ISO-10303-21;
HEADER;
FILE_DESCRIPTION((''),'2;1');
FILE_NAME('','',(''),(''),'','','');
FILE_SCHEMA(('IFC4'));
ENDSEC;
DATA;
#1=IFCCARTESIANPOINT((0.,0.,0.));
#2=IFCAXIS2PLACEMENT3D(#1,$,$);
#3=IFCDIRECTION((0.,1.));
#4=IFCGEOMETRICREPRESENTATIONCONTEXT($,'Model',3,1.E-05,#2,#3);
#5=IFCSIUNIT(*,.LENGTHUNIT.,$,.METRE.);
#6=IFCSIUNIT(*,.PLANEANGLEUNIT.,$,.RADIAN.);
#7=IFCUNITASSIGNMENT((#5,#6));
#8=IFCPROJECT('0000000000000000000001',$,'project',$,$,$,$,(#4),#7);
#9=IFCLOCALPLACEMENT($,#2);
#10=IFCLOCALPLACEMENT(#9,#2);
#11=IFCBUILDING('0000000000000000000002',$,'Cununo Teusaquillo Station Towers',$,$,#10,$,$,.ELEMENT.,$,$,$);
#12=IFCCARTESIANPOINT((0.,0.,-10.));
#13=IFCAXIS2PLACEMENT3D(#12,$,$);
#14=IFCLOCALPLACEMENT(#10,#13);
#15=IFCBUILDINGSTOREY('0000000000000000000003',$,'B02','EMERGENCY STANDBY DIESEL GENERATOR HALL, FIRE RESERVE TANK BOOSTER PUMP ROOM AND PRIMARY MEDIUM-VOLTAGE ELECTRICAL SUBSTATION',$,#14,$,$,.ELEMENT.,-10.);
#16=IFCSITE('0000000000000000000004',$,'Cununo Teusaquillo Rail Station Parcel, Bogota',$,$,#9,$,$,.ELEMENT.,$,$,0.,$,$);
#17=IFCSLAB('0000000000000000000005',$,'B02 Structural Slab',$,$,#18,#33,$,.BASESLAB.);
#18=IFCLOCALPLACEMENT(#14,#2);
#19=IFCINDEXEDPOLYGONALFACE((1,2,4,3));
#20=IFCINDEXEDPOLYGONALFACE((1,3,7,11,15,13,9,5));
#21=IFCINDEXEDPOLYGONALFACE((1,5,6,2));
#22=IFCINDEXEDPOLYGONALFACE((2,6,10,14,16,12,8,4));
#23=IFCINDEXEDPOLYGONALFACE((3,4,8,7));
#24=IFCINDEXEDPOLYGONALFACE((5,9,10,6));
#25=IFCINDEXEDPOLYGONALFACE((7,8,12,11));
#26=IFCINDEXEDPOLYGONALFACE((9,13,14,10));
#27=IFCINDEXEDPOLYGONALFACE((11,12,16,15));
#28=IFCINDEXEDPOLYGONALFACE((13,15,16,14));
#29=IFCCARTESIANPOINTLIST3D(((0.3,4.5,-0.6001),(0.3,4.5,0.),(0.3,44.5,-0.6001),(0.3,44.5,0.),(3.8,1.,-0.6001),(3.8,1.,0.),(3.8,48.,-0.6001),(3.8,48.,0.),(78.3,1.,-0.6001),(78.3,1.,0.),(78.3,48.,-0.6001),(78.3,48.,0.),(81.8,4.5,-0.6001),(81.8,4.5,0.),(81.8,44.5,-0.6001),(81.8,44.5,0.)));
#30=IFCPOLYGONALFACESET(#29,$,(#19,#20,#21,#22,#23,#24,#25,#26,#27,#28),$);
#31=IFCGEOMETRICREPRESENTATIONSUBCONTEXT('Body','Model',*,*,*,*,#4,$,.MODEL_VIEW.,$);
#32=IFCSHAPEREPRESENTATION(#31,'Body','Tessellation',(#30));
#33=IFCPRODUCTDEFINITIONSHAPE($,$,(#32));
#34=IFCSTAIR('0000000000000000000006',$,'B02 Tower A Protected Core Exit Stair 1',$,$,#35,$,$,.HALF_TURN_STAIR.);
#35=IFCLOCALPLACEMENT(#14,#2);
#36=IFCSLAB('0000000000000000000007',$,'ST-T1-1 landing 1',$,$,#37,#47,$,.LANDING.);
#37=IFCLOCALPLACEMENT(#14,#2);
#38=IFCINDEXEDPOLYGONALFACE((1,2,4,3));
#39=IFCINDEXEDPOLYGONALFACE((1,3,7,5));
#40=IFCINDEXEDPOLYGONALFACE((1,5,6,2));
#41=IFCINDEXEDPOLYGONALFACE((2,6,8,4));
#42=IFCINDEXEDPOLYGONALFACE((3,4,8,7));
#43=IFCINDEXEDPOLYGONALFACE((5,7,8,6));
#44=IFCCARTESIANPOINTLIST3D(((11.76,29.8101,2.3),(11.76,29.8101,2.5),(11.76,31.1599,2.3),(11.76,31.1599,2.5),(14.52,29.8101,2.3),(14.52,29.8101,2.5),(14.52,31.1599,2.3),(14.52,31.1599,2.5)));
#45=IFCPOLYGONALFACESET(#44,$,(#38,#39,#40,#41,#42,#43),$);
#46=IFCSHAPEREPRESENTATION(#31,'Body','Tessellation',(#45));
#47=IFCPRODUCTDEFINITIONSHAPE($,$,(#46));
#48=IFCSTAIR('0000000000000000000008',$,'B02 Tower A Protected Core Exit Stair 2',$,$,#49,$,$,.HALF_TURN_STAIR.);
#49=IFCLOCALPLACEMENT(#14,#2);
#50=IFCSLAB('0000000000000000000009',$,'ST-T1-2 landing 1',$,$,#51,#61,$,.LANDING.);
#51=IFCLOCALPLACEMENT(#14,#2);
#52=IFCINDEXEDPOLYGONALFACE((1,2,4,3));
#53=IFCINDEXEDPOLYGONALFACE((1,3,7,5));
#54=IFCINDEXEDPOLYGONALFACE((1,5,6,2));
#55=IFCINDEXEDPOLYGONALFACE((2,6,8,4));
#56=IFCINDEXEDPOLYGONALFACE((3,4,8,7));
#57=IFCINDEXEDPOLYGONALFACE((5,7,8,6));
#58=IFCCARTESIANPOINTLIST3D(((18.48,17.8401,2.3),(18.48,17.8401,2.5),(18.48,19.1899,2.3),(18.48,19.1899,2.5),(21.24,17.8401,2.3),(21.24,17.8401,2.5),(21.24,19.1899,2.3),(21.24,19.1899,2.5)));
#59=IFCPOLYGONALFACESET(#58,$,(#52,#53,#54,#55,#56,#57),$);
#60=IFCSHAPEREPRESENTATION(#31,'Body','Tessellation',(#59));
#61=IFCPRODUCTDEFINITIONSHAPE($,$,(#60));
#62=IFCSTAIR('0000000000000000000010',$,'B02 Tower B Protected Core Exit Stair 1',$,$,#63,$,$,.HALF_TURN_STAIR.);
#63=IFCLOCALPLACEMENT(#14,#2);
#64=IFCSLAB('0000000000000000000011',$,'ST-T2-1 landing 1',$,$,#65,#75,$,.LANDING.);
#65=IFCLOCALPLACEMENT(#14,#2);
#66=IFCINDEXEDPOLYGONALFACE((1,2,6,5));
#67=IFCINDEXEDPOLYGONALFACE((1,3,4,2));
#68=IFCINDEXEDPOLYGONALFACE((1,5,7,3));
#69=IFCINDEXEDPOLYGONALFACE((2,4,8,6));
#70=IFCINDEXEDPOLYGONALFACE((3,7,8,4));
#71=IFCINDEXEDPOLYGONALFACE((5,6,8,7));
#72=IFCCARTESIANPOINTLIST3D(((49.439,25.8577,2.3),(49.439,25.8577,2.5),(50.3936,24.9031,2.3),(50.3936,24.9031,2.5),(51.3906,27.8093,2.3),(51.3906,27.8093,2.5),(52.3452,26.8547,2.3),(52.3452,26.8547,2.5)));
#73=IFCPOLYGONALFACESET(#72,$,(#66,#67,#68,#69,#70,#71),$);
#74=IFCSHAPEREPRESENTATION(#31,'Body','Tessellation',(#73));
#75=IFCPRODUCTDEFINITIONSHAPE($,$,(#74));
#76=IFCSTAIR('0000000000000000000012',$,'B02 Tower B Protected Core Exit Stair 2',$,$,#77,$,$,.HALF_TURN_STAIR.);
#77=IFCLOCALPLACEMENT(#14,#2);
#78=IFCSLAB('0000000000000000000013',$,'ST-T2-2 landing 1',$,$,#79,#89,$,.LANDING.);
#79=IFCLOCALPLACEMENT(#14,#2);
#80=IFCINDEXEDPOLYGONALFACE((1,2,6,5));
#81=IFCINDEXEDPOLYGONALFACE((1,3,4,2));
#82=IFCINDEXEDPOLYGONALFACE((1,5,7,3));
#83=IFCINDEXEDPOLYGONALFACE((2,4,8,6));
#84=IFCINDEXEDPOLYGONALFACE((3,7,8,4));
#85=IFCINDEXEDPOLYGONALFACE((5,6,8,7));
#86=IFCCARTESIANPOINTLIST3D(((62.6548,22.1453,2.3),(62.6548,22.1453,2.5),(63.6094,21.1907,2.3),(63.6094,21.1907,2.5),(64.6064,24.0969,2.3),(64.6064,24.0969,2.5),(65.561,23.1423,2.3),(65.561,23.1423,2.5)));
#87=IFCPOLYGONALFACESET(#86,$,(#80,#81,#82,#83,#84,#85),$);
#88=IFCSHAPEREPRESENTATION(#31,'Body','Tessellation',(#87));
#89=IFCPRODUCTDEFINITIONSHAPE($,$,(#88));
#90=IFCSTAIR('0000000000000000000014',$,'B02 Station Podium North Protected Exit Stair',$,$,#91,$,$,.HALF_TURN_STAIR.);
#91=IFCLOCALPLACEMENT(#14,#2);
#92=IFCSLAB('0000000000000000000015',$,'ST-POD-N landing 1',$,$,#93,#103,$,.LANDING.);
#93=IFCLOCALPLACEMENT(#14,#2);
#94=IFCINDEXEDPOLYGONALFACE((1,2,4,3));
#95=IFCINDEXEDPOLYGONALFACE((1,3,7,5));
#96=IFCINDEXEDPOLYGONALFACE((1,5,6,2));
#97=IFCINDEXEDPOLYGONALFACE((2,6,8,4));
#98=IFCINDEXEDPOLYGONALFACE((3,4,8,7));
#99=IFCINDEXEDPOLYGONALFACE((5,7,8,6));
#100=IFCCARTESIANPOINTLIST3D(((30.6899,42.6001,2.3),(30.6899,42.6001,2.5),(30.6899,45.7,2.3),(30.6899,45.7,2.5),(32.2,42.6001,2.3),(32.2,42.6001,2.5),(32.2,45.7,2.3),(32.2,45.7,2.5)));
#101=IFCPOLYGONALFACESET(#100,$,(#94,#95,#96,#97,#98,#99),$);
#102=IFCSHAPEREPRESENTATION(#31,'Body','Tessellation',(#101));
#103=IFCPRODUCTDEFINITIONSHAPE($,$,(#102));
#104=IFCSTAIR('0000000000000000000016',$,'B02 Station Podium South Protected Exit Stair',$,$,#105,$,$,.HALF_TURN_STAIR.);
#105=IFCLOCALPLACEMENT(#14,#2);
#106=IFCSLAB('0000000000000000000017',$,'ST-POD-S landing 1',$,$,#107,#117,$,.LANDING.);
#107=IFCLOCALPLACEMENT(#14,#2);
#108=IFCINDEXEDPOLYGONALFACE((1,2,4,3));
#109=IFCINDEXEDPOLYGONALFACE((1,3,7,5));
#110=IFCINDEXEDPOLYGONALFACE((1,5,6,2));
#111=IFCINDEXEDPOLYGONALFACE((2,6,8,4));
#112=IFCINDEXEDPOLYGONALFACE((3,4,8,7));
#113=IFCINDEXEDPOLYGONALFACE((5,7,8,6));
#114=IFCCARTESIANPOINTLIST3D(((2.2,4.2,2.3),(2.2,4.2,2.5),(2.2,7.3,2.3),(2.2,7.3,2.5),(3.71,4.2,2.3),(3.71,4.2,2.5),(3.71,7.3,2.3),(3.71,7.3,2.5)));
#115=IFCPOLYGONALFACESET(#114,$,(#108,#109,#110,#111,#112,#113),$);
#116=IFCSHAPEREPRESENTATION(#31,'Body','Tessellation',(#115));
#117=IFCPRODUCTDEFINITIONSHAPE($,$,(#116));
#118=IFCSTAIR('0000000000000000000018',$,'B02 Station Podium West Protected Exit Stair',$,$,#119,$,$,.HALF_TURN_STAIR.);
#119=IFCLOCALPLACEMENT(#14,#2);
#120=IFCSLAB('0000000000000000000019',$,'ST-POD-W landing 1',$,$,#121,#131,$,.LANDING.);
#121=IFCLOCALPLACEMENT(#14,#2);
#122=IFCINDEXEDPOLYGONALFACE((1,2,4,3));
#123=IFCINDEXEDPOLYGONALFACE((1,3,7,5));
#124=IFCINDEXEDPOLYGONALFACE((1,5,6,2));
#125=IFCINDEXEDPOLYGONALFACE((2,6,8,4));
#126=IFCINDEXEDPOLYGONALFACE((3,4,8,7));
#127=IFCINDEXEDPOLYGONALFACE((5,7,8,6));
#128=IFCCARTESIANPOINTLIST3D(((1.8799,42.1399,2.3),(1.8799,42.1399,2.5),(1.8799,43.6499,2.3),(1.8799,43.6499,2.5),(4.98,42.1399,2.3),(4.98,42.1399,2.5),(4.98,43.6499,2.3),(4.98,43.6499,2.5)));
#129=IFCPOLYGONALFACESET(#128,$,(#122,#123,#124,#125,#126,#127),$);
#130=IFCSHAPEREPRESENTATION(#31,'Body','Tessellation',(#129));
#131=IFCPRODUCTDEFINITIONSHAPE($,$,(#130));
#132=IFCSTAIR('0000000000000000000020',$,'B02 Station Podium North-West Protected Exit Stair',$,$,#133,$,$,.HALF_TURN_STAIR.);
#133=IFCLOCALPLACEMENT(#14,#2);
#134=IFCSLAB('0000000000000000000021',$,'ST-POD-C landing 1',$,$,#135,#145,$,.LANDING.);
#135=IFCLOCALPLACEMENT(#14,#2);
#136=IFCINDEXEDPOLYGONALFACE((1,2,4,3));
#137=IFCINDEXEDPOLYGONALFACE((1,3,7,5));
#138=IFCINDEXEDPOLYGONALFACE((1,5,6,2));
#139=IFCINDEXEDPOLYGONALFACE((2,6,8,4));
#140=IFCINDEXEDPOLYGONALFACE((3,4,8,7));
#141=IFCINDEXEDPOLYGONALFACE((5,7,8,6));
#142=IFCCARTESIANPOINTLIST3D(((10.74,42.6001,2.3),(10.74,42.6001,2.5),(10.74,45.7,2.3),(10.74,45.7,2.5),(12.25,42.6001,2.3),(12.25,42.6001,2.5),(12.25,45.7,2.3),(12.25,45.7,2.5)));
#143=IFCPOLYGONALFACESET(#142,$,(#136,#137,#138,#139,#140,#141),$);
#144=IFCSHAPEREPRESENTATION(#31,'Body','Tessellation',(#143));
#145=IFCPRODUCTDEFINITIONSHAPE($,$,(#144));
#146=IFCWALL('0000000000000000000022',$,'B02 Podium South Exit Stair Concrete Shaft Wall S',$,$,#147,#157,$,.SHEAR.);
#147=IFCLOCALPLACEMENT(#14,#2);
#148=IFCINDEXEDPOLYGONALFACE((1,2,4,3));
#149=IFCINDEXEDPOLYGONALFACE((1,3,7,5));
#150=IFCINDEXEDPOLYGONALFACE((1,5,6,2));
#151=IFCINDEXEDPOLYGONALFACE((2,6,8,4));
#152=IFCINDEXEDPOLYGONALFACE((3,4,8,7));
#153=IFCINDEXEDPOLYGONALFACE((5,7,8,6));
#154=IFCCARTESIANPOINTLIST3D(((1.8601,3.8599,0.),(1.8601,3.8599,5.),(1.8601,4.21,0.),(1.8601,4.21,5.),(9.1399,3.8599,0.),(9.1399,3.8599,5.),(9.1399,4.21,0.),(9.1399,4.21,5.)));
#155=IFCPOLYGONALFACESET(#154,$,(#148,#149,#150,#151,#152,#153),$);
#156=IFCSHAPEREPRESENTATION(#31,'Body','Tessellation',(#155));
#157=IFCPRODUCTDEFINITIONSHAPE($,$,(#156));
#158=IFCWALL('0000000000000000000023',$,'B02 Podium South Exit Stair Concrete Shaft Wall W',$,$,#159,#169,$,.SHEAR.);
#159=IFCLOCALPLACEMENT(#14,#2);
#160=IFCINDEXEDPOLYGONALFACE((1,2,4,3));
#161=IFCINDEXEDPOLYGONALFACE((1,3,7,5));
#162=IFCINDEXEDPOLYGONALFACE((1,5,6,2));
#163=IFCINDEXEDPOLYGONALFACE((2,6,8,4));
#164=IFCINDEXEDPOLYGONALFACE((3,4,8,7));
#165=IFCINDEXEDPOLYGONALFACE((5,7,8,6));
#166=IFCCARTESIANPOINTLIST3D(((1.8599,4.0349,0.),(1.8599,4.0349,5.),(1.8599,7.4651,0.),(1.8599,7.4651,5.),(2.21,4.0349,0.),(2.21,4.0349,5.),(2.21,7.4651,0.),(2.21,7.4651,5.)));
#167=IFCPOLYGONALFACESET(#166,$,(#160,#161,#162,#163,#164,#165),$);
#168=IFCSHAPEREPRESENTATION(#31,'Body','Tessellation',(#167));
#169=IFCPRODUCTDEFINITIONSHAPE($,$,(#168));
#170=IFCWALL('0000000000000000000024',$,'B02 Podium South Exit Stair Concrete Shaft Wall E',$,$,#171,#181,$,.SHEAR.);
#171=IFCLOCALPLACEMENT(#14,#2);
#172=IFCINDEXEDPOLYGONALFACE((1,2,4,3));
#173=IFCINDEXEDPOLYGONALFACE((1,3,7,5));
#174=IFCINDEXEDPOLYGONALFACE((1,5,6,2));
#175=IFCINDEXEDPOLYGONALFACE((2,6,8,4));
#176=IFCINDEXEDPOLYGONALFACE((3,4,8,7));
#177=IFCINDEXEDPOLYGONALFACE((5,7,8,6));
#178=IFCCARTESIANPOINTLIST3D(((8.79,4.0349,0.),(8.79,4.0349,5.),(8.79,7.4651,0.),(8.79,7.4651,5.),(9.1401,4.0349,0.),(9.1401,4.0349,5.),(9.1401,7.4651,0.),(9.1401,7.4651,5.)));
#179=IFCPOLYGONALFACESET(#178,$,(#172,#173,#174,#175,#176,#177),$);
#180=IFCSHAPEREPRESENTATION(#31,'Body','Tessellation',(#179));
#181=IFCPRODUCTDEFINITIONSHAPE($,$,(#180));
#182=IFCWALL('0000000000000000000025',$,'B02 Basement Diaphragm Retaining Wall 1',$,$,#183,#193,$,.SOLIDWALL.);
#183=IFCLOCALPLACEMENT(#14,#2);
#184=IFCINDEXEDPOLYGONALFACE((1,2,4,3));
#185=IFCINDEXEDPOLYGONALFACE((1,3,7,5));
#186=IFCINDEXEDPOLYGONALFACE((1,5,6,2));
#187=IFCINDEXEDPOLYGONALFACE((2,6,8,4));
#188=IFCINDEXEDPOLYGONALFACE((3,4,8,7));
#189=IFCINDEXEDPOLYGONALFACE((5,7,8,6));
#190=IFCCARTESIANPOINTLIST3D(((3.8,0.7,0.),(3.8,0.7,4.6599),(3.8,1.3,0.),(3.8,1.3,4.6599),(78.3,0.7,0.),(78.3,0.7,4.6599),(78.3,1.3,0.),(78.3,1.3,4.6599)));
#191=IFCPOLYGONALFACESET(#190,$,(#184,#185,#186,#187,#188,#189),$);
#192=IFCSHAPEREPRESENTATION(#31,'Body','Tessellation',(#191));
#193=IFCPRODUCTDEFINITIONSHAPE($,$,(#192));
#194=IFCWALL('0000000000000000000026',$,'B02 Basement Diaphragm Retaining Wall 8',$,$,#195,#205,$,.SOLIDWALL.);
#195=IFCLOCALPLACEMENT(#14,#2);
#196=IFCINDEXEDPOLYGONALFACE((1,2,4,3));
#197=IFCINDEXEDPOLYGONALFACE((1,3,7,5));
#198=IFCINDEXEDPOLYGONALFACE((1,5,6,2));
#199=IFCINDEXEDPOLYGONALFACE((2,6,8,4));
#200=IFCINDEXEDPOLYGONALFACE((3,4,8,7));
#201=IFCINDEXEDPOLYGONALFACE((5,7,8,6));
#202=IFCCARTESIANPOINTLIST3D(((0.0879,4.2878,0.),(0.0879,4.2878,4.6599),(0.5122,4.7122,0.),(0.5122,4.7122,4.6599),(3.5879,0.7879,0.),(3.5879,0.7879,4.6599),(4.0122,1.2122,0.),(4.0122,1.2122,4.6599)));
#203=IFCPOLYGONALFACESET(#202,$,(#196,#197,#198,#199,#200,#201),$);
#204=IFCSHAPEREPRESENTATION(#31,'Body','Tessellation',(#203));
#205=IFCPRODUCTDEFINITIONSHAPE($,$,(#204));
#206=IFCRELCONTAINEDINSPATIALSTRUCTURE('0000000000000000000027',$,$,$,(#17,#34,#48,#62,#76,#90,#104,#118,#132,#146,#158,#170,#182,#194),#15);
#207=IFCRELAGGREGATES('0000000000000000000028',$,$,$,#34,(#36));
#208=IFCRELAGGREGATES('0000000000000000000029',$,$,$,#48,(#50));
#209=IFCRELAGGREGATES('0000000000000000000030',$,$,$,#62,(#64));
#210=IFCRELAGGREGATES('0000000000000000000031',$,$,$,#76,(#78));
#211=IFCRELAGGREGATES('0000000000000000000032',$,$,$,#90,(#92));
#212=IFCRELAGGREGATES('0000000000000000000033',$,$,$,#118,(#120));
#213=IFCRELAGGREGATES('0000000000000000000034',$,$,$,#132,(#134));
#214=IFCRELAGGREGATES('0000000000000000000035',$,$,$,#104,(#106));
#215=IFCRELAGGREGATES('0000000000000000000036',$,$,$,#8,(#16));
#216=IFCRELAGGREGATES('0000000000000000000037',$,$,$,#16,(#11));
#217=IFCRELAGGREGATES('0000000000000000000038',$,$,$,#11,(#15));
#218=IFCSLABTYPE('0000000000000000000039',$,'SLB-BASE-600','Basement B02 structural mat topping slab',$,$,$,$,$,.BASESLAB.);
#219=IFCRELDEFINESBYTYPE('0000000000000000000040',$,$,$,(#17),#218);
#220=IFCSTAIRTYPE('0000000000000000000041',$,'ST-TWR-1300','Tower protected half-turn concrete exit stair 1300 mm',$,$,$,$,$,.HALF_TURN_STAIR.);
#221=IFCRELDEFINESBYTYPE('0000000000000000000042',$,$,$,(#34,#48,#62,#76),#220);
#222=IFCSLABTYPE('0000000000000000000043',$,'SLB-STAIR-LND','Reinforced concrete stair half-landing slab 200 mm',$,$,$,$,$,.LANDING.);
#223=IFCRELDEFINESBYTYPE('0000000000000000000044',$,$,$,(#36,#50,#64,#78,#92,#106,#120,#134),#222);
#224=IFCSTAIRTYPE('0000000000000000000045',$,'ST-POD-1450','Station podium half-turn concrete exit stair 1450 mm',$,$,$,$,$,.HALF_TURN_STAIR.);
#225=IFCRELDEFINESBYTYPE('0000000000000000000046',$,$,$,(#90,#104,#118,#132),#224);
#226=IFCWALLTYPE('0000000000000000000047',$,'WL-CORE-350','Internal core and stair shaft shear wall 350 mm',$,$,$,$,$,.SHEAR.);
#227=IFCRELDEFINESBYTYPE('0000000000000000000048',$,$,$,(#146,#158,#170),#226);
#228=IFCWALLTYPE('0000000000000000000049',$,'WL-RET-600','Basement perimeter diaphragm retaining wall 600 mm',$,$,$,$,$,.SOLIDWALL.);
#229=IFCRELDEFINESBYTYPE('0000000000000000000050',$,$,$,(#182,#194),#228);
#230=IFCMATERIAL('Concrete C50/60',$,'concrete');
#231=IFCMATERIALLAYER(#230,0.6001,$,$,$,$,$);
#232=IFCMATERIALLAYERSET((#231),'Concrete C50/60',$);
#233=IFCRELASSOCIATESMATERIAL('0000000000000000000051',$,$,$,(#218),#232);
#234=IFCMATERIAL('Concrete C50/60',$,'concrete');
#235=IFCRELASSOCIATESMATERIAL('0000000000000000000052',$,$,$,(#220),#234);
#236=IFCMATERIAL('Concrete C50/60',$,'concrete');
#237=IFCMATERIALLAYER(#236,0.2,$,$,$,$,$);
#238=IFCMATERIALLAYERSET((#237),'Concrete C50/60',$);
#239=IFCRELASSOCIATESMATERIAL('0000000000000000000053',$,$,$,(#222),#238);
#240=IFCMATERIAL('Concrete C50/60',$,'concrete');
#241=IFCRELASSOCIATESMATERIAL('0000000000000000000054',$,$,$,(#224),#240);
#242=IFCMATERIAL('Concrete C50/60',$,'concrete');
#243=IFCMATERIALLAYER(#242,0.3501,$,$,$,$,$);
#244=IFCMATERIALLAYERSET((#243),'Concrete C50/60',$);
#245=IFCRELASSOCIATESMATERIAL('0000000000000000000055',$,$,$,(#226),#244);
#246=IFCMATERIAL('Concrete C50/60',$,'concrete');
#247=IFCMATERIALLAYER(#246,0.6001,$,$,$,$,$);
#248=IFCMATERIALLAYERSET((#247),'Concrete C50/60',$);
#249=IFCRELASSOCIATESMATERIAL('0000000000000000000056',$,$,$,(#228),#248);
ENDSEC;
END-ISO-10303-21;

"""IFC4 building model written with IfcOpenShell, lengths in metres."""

from ifc_helpers import new_model, si_unit, direction, frame, frame_2d, origin, place, context, subcontext, project, spatial, polyline, rectangle, outline, extrude, material, layer, layer_set, type_object, element, aggregate, save


model = new_model("IFC4")

# Units and contexts
model_context = context("Model", 3, precision=1e-05, world=origin(), true_north=direction((0.0, 1.0)))
body_context = subcontext(model_context, "Body", "Model", "MODEL_VIEW")
ifc_project = project(units=[si_unit("LENGTHUNIT", "METRE"), si_unit("PLANEANGLEUNIT", "RADIAN")], contexts=[model_context])

# Site, building, storey
site_placement = place(None, origin())
site = spatial("IfcSite", under=ifc_project, at=site_placement, Name="Cununo Teusaquillo Rail Station Parcel, Bogota", CompositionType="ELEMENT", RefElevation=0.0)
building_placement = place(site_placement, origin())
building = spatial("IfcBuilding", under=site, at=building_placement, Name="Cununo Teusaquillo Station Towers", CompositionType="ELEMENT")
storey_placement = place(building_placement, frame((0.0, 0.0, -10.0)))
storey = spatial("IfcBuildingStorey", under=building, at=storey_placement, Name="B02", Description="EMERGENCY STANDBY DIESEL GENERATOR HALL, FIRE RESERVE TANK BOOSTER PUMP ROOM AND PRIMARY MEDIUM-VOLTAGE ELECTRICAL SUBSTATION", CompositionType="ELEMENT", Elevation=-10.0)

# Slab
ifc_material_1 = material(Name="Concrete C50/60", Category="concrete")
ifc_layer_1 = layer(ifc_material_1, 0.6001)
ifc_layer_set_1 = layer_set([ifc_layer_1], Name="Concrete C50/60")
slab_type_1 = type_object("IfcSlabType", Name="SLB-BASE-600", Description="Basement B02 structural mat topping slab", PredefinedType="BASESLAB", material=ifc_layer_set_1)
slab_1_placement = place(storey_placement, frame((0.0, 0.0, -0.6001)))
element("IfcSlab", 1, at=slab_1_placement, inside=storey, type_object=slab_type_1, Name="B02 Structural Slab", PredefinedType="BASESLAB", context=body_context, shape_type="SweptSolid", body=[
    extrude(outline(polyline([(3.8, 1.0), (78.3, 1.0), (81.8, 4.5), (81.8, 44.5), (78.3, 48.0), (3.8, 48.0), (0.3, 44.5), (0.3, 4.5), (3.8, 1.0)])), origin(), (0.0, 0.0, 1.0), 0.6001),
])

# Stairs, slabs
ifc_material_2 = material(Name="Concrete C50/60", Category="concrete")
stair_type_1 = type_object("IfcStairType", Name="ST-TWR-1300", Description="Tower protected half-turn concrete exit stair 1300 mm", PredefinedType="HALF_TURN_STAIR", material=ifc_material_2)
stair_1_placement = place(storey_placement, origin())
stair_1 = element("IfcStair", 2, at=stair_1_placement, inside=storey, type_object=stair_type_1, Name="B02 Tower A Protected Core Exit Stair 1", PredefinedType="HALF_TURN_STAIR")
ifc_material_3 = material(Name="Concrete C50/60", Category="concrete")
ifc_layer_2 = layer(ifc_material_3, 0.2)
ifc_layer_set_2 = layer_set([ifc_layer_2], Name="Concrete C50/60")
slab_type_2 = type_object("IfcSlabType", Name="SLB-STAIR-LND", Description="Reinforced concrete stair half-landing slab 200 mm", PredefinedType="LANDING", material=ifc_layer_set_2)
slab_2_placement = place(storey_placement, frame((0.0, 0.0, 2.3)))
slab_2 = element("IfcSlab", 3, at=slab_2_placement, type_object=slab_type_2, Name="ST-T1-1 landing 1", PredefinedType="LANDING", context=body_context, shape_type="SweptSolid", body=[
    extrude(outline(polyline([(14.52, 29.8101), (14.52, 31.1599), (11.76, 31.1599), (11.76, 29.8101), (14.52, 29.8101)])), origin(), (0.0, 0.0, 1.0), 0.2),
])
aggregate(stair_1, [slab_2])
stair_2_placement = place(storey_placement, origin())
stair_2 = element("IfcStair", 4, at=stair_2_placement, inside=storey, type_object=stair_type_1, Name="B02 Tower A Protected Core Exit Stair 2", PredefinedType="HALF_TURN_STAIR")
slab_3_placement = place(storey_placement, frame((0.0, 0.0, 2.3)))
slab_3 = element("IfcSlab", 5, at=slab_3_placement, type_object=slab_type_2, Name="ST-T1-2 landing 1", PredefinedType="LANDING", context=body_context, shape_type="SweptSolid", body=[
    extrude(outline(polyline([(18.48, 19.1899), (18.48, 17.8401), (21.24, 17.8401), (21.24, 19.1899), (18.48, 19.1899)])), origin(), (0.0, 0.0, 1.0), 0.2),
])
aggregate(stair_2, [slab_3])
stair_3_placement = place(storey_placement, origin())
stair_3 = element("IfcStair", 6, at=stair_3_placement, inside=storey, type_object=stair_type_1, Name="B02 Tower B Protected Core Exit Stair 1", PredefinedType="HALF_TURN_STAIR")
slab_4_placement = place(storey_placement, frame((0.0, 0.0, 2.3)))
slab_4 = element("IfcSlab", 7, at=slab_4_placement, type_object=slab_type_2, Name="ST-T2-1 landing 1", PredefinedType="LANDING", context=body_context, shape_type="SweptSolid", body=[
    extrude(outline(polyline([(52.3452, 26.8547), (51.3906, 27.8093), (49.439, 25.8577), (50.3936, 24.9031), (52.3452, 26.8547)])), origin(), (0.0, 0.0, 1.0), 0.2),
])
aggregate(stair_3, [slab_4])
stair_4_placement = place(storey_placement, origin())
stair_4 = element("IfcStair", 8, at=stair_4_placement, inside=storey, type_object=stair_type_1, Name="B02 Tower B Protected Core Exit Stair 2", PredefinedType="HALF_TURN_STAIR")
slab_5_placement = place(storey_placement, frame((0.0, 0.0, 2.3)))
slab_5 = element("IfcSlab", 9, at=slab_5_placement, type_object=slab_type_2, Name="ST-T2-2 landing 1", PredefinedType="LANDING", context=body_context, shape_type="SweptSolid", body=[
    extrude(outline(polyline([(62.6548, 22.1453), (63.6094, 21.1907), (65.561, 23.1423), (64.6064, 24.0969), (62.6548, 22.1453)])), origin(), (0.0, 0.0, 1.0), 0.2),
])
aggregate(stair_4, [slab_5])
ifc_material_4 = material(Name="Concrete C50/60", Category="concrete")
stair_type_2 = type_object("IfcStairType", Name="ST-POD-1450", Description="Station podium half-turn concrete exit stair 1450 mm", PredefinedType="HALF_TURN_STAIR", material=ifc_material_4)
stair_5_placement = place(storey_placement, origin())
stair_5 = element("IfcStair", 10, at=stair_5_placement, inside=storey, type_object=stair_type_2, Name="B02 Station Podium North Protected Exit Stair", PredefinedType="HALF_TURN_STAIR")
slab_6_placement = place(storey_placement, frame((0.0, 0.0, 2.3)))
slab_6 = element("IfcSlab", 11, at=slab_6_placement, type_object=slab_type_2, Name="ST-POD-N landing 1", PredefinedType="LANDING", context=body_context, shape_type="SweptSolid", body=[
    extrude(outline(polyline([(30.6899, 42.6001), (32.2, 42.6001), (32.2, 45.7), (30.6899, 45.7), (30.6899, 42.6001)])), origin(), (0.0, 0.0, 1.0), 0.2),
])
aggregate(stair_5, [slab_6])
stair_6_placement = place(storey_placement, origin())
stair_6 = element("IfcStair", 12, at=stair_6_placement, inside=storey, type_object=stair_type_2, Name="B02 Station Podium South Protected Exit Stair", PredefinedType="HALF_TURN_STAIR")
slab_7_placement = place(storey_placement, frame((0.0, 0.0, 2.3)))
slab_7 = element("IfcSlab", 13, at=slab_7_placement, type_object=slab_type_2, Name="ST-POD-S landing 1", PredefinedType="LANDING", context=body_context, shape_type="SweptSolid", body=[
    extrude(outline(polyline([(3.71, 7.3), (2.2, 7.3), (2.2, 4.2), (3.71, 4.2), (3.71, 7.3)])), origin(), (0.0, 0.0, 1.0), 0.2),
])
stair_7_placement = place(storey_placement, origin())
stair_7 = element("IfcStair", 14, at=stair_7_placement, inside=storey, type_object=stair_type_2, Name="B02 Station Podium West Protected Exit Stair", PredefinedType="HALF_TURN_STAIR")
slab_8_placement = place(storey_placement, frame((0.0, 0.0, 2.3)))
slab_8 = element("IfcSlab", 15, at=slab_8_placement, type_object=slab_type_2, Name="ST-POD-W landing 1", PredefinedType="LANDING", context=body_context, shape_type="SweptSolid", body=[
    extrude(outline(polyline([(4.98, 42.1399), (4.98, 43.6499), (1.8799, 43.6499), (1.8799, 42.1399), (4.98, 42.1399)])), origin(), (0.0, 0.0, 1.0), 0.2),
])
aggregate(stair_7, [slab_8])
stair_8_placement = place(storey_placement, origin())
stair_8 = element("IfcStair", 16, at=stair_8_placement, inside=storey, type_object=stair_type_2, Name="B02 Station Podium North-West Protected Exit Stair", PredefinedType="HALF_TURN_STAIR")
slab_9_placement = place(storey_placement, frame((0.0, 0.0, 2.3)))
slab_9 = element("IfcSlab", 17, at=slab_9_placement, type_object=slab_type_2, Name="ST-POD-C landing 1", PredefinedType="LANDING", context=body_context, shape_type="SweptSolid", body=[
    extrude(outline(polyline([(10.74, 42.6001), (12.25, 42.6001), (12.25, 45.7), (10.74, 45.7), (10.74, 42.6001)])), origin(), (0.0, 0.0, 1.0), 0.2),
])
aggregate(stair_8, [slab_9])

# Walls
ifc_material_5 = material(Name="Concrete C50/60", Category="concrete")
ifc_layer_3 = layer(ifc_material_5, 0.3501)
ifc_layer_set_3 = layer_set([ifc_layer_3], Name="Concrete C50/60")
wall_type_1 = type_object("IfcWallType", Name="WL-CORE-350", Description="Internal core and stair shaft shear wall 350 mm", PredefinedType="SHEAR", material=ifc_layer_set_3)
wall_1_placement = place(storey_placement, frame((1.8601, 4.0349, 0.0), z_axis=(0.0, 0.0, 1.0), x_axis=(1.0, 0.0, 0.0)))
element("IfcWall", 18, at=wall_1_placement, inside=storey, type_object=wall_type_1, Name="B02 Podium South Exit Stair Concrete Shaft Wall S", PredefinedType="SHEAR", context=body_context, shape_type="SweptSolid", body=[
    extrude(rectangle(XDim=7.2798, YDim=0.3501, at=frame_2d((3.6399, 0.0))), origin(), (0.0, 0.0, 1.0), 5.0),
])
for number, where, z_axis, x_axis, name in (
    (19, (2.0349, 4.0349, 0.0), (0.0, 0.0, 1.0), (0.0, 1.0, 0.0), "B02 Podium South Exit Stair Concrete Shaft Wall W"),
    (20, (8.9651, 4.0349, 0.0), (0.0, 0.0, 1.0), (0.0, 1.0, 0.0), "B02 Podium South Exit Stair Concrete Shaft Wall E"),
):
    element("IfcWall", number, at=place(storey_placement, frame(where, z_axis=z_axis, x_axis=x_axis)), inside=storey, type_object=wall_type_1, Name=name, PredefinedType="SHEAR", context=body_context, shape_type="SweptSolid", body=[
        extrude(rectangle(XDim=3.4302, YDim=0.3501, at=frame_2d((1.7151, 0.0))), origin(), (0.0, 0.0, 1.0), 5.0),
    ])
ifc_material_6 = material(Name="Concrete C50/60", Category="concrete")
ifc_layer_4 = layer(ifc_material_6, 0.6001)
ifc_layer_set_4 = layer_set([ifc_layer_4], Name="Concrete C50/60")
wall_type_2 = type_object("IfcWallType", Name="WL-RET-600", Description="Basement perimeter diaphragm retaining wall 600 mm", PredefinedType="SOLIDWALL", material=ifc_layer_set_4)
wall_2_placement = place(storey_placement, frame((3.8, 1.0, 0.0), z_axis=(0.0, 0.0, 1.0), x_axis=(1.0, 0.0, 0.0)))
element("IfcWall", 21, at=wall_2_placement, inside=storey, type_object=wall_type_2, Name="B02 Basement Diaphragm Retaining Wall 1", PredefinedType="SOLIDWALL", context=body_context, shape_type="SweptSolid", body=[
    extrude(rectangle(XDim=74.5, YDim=0.6001, at=frame_2d((37.25, 0.0))), origin(), (0.0, 0.0, 1.0), 4.6599),
])
wall_3_placement = place(storey_placement, frame((0.3, 4.5, 0.0), z_axis=(0.0, 0.0, 1.0), x_axis=(0.707107, -0.707107, 0.0)))
element("IfcWall", 22, at=wall_3_placement, inside=storey, type_object=wall_type_2, Name="B02 Basement Diaphragm Retaining Wall 8", PredefinedType="SOLIDWALL", context=body_context, shape_type="SweptSolid", body=[
    extrude(rectangle(XDim=4.9497, YDim=0.6001, at=frame_2d((2.4749, 0.0))), origin(), (0.0, 0.0, 1.0), 4.6599),
])

aggregate(stair_6, [slab_7])

save(model, "model.ifc")
